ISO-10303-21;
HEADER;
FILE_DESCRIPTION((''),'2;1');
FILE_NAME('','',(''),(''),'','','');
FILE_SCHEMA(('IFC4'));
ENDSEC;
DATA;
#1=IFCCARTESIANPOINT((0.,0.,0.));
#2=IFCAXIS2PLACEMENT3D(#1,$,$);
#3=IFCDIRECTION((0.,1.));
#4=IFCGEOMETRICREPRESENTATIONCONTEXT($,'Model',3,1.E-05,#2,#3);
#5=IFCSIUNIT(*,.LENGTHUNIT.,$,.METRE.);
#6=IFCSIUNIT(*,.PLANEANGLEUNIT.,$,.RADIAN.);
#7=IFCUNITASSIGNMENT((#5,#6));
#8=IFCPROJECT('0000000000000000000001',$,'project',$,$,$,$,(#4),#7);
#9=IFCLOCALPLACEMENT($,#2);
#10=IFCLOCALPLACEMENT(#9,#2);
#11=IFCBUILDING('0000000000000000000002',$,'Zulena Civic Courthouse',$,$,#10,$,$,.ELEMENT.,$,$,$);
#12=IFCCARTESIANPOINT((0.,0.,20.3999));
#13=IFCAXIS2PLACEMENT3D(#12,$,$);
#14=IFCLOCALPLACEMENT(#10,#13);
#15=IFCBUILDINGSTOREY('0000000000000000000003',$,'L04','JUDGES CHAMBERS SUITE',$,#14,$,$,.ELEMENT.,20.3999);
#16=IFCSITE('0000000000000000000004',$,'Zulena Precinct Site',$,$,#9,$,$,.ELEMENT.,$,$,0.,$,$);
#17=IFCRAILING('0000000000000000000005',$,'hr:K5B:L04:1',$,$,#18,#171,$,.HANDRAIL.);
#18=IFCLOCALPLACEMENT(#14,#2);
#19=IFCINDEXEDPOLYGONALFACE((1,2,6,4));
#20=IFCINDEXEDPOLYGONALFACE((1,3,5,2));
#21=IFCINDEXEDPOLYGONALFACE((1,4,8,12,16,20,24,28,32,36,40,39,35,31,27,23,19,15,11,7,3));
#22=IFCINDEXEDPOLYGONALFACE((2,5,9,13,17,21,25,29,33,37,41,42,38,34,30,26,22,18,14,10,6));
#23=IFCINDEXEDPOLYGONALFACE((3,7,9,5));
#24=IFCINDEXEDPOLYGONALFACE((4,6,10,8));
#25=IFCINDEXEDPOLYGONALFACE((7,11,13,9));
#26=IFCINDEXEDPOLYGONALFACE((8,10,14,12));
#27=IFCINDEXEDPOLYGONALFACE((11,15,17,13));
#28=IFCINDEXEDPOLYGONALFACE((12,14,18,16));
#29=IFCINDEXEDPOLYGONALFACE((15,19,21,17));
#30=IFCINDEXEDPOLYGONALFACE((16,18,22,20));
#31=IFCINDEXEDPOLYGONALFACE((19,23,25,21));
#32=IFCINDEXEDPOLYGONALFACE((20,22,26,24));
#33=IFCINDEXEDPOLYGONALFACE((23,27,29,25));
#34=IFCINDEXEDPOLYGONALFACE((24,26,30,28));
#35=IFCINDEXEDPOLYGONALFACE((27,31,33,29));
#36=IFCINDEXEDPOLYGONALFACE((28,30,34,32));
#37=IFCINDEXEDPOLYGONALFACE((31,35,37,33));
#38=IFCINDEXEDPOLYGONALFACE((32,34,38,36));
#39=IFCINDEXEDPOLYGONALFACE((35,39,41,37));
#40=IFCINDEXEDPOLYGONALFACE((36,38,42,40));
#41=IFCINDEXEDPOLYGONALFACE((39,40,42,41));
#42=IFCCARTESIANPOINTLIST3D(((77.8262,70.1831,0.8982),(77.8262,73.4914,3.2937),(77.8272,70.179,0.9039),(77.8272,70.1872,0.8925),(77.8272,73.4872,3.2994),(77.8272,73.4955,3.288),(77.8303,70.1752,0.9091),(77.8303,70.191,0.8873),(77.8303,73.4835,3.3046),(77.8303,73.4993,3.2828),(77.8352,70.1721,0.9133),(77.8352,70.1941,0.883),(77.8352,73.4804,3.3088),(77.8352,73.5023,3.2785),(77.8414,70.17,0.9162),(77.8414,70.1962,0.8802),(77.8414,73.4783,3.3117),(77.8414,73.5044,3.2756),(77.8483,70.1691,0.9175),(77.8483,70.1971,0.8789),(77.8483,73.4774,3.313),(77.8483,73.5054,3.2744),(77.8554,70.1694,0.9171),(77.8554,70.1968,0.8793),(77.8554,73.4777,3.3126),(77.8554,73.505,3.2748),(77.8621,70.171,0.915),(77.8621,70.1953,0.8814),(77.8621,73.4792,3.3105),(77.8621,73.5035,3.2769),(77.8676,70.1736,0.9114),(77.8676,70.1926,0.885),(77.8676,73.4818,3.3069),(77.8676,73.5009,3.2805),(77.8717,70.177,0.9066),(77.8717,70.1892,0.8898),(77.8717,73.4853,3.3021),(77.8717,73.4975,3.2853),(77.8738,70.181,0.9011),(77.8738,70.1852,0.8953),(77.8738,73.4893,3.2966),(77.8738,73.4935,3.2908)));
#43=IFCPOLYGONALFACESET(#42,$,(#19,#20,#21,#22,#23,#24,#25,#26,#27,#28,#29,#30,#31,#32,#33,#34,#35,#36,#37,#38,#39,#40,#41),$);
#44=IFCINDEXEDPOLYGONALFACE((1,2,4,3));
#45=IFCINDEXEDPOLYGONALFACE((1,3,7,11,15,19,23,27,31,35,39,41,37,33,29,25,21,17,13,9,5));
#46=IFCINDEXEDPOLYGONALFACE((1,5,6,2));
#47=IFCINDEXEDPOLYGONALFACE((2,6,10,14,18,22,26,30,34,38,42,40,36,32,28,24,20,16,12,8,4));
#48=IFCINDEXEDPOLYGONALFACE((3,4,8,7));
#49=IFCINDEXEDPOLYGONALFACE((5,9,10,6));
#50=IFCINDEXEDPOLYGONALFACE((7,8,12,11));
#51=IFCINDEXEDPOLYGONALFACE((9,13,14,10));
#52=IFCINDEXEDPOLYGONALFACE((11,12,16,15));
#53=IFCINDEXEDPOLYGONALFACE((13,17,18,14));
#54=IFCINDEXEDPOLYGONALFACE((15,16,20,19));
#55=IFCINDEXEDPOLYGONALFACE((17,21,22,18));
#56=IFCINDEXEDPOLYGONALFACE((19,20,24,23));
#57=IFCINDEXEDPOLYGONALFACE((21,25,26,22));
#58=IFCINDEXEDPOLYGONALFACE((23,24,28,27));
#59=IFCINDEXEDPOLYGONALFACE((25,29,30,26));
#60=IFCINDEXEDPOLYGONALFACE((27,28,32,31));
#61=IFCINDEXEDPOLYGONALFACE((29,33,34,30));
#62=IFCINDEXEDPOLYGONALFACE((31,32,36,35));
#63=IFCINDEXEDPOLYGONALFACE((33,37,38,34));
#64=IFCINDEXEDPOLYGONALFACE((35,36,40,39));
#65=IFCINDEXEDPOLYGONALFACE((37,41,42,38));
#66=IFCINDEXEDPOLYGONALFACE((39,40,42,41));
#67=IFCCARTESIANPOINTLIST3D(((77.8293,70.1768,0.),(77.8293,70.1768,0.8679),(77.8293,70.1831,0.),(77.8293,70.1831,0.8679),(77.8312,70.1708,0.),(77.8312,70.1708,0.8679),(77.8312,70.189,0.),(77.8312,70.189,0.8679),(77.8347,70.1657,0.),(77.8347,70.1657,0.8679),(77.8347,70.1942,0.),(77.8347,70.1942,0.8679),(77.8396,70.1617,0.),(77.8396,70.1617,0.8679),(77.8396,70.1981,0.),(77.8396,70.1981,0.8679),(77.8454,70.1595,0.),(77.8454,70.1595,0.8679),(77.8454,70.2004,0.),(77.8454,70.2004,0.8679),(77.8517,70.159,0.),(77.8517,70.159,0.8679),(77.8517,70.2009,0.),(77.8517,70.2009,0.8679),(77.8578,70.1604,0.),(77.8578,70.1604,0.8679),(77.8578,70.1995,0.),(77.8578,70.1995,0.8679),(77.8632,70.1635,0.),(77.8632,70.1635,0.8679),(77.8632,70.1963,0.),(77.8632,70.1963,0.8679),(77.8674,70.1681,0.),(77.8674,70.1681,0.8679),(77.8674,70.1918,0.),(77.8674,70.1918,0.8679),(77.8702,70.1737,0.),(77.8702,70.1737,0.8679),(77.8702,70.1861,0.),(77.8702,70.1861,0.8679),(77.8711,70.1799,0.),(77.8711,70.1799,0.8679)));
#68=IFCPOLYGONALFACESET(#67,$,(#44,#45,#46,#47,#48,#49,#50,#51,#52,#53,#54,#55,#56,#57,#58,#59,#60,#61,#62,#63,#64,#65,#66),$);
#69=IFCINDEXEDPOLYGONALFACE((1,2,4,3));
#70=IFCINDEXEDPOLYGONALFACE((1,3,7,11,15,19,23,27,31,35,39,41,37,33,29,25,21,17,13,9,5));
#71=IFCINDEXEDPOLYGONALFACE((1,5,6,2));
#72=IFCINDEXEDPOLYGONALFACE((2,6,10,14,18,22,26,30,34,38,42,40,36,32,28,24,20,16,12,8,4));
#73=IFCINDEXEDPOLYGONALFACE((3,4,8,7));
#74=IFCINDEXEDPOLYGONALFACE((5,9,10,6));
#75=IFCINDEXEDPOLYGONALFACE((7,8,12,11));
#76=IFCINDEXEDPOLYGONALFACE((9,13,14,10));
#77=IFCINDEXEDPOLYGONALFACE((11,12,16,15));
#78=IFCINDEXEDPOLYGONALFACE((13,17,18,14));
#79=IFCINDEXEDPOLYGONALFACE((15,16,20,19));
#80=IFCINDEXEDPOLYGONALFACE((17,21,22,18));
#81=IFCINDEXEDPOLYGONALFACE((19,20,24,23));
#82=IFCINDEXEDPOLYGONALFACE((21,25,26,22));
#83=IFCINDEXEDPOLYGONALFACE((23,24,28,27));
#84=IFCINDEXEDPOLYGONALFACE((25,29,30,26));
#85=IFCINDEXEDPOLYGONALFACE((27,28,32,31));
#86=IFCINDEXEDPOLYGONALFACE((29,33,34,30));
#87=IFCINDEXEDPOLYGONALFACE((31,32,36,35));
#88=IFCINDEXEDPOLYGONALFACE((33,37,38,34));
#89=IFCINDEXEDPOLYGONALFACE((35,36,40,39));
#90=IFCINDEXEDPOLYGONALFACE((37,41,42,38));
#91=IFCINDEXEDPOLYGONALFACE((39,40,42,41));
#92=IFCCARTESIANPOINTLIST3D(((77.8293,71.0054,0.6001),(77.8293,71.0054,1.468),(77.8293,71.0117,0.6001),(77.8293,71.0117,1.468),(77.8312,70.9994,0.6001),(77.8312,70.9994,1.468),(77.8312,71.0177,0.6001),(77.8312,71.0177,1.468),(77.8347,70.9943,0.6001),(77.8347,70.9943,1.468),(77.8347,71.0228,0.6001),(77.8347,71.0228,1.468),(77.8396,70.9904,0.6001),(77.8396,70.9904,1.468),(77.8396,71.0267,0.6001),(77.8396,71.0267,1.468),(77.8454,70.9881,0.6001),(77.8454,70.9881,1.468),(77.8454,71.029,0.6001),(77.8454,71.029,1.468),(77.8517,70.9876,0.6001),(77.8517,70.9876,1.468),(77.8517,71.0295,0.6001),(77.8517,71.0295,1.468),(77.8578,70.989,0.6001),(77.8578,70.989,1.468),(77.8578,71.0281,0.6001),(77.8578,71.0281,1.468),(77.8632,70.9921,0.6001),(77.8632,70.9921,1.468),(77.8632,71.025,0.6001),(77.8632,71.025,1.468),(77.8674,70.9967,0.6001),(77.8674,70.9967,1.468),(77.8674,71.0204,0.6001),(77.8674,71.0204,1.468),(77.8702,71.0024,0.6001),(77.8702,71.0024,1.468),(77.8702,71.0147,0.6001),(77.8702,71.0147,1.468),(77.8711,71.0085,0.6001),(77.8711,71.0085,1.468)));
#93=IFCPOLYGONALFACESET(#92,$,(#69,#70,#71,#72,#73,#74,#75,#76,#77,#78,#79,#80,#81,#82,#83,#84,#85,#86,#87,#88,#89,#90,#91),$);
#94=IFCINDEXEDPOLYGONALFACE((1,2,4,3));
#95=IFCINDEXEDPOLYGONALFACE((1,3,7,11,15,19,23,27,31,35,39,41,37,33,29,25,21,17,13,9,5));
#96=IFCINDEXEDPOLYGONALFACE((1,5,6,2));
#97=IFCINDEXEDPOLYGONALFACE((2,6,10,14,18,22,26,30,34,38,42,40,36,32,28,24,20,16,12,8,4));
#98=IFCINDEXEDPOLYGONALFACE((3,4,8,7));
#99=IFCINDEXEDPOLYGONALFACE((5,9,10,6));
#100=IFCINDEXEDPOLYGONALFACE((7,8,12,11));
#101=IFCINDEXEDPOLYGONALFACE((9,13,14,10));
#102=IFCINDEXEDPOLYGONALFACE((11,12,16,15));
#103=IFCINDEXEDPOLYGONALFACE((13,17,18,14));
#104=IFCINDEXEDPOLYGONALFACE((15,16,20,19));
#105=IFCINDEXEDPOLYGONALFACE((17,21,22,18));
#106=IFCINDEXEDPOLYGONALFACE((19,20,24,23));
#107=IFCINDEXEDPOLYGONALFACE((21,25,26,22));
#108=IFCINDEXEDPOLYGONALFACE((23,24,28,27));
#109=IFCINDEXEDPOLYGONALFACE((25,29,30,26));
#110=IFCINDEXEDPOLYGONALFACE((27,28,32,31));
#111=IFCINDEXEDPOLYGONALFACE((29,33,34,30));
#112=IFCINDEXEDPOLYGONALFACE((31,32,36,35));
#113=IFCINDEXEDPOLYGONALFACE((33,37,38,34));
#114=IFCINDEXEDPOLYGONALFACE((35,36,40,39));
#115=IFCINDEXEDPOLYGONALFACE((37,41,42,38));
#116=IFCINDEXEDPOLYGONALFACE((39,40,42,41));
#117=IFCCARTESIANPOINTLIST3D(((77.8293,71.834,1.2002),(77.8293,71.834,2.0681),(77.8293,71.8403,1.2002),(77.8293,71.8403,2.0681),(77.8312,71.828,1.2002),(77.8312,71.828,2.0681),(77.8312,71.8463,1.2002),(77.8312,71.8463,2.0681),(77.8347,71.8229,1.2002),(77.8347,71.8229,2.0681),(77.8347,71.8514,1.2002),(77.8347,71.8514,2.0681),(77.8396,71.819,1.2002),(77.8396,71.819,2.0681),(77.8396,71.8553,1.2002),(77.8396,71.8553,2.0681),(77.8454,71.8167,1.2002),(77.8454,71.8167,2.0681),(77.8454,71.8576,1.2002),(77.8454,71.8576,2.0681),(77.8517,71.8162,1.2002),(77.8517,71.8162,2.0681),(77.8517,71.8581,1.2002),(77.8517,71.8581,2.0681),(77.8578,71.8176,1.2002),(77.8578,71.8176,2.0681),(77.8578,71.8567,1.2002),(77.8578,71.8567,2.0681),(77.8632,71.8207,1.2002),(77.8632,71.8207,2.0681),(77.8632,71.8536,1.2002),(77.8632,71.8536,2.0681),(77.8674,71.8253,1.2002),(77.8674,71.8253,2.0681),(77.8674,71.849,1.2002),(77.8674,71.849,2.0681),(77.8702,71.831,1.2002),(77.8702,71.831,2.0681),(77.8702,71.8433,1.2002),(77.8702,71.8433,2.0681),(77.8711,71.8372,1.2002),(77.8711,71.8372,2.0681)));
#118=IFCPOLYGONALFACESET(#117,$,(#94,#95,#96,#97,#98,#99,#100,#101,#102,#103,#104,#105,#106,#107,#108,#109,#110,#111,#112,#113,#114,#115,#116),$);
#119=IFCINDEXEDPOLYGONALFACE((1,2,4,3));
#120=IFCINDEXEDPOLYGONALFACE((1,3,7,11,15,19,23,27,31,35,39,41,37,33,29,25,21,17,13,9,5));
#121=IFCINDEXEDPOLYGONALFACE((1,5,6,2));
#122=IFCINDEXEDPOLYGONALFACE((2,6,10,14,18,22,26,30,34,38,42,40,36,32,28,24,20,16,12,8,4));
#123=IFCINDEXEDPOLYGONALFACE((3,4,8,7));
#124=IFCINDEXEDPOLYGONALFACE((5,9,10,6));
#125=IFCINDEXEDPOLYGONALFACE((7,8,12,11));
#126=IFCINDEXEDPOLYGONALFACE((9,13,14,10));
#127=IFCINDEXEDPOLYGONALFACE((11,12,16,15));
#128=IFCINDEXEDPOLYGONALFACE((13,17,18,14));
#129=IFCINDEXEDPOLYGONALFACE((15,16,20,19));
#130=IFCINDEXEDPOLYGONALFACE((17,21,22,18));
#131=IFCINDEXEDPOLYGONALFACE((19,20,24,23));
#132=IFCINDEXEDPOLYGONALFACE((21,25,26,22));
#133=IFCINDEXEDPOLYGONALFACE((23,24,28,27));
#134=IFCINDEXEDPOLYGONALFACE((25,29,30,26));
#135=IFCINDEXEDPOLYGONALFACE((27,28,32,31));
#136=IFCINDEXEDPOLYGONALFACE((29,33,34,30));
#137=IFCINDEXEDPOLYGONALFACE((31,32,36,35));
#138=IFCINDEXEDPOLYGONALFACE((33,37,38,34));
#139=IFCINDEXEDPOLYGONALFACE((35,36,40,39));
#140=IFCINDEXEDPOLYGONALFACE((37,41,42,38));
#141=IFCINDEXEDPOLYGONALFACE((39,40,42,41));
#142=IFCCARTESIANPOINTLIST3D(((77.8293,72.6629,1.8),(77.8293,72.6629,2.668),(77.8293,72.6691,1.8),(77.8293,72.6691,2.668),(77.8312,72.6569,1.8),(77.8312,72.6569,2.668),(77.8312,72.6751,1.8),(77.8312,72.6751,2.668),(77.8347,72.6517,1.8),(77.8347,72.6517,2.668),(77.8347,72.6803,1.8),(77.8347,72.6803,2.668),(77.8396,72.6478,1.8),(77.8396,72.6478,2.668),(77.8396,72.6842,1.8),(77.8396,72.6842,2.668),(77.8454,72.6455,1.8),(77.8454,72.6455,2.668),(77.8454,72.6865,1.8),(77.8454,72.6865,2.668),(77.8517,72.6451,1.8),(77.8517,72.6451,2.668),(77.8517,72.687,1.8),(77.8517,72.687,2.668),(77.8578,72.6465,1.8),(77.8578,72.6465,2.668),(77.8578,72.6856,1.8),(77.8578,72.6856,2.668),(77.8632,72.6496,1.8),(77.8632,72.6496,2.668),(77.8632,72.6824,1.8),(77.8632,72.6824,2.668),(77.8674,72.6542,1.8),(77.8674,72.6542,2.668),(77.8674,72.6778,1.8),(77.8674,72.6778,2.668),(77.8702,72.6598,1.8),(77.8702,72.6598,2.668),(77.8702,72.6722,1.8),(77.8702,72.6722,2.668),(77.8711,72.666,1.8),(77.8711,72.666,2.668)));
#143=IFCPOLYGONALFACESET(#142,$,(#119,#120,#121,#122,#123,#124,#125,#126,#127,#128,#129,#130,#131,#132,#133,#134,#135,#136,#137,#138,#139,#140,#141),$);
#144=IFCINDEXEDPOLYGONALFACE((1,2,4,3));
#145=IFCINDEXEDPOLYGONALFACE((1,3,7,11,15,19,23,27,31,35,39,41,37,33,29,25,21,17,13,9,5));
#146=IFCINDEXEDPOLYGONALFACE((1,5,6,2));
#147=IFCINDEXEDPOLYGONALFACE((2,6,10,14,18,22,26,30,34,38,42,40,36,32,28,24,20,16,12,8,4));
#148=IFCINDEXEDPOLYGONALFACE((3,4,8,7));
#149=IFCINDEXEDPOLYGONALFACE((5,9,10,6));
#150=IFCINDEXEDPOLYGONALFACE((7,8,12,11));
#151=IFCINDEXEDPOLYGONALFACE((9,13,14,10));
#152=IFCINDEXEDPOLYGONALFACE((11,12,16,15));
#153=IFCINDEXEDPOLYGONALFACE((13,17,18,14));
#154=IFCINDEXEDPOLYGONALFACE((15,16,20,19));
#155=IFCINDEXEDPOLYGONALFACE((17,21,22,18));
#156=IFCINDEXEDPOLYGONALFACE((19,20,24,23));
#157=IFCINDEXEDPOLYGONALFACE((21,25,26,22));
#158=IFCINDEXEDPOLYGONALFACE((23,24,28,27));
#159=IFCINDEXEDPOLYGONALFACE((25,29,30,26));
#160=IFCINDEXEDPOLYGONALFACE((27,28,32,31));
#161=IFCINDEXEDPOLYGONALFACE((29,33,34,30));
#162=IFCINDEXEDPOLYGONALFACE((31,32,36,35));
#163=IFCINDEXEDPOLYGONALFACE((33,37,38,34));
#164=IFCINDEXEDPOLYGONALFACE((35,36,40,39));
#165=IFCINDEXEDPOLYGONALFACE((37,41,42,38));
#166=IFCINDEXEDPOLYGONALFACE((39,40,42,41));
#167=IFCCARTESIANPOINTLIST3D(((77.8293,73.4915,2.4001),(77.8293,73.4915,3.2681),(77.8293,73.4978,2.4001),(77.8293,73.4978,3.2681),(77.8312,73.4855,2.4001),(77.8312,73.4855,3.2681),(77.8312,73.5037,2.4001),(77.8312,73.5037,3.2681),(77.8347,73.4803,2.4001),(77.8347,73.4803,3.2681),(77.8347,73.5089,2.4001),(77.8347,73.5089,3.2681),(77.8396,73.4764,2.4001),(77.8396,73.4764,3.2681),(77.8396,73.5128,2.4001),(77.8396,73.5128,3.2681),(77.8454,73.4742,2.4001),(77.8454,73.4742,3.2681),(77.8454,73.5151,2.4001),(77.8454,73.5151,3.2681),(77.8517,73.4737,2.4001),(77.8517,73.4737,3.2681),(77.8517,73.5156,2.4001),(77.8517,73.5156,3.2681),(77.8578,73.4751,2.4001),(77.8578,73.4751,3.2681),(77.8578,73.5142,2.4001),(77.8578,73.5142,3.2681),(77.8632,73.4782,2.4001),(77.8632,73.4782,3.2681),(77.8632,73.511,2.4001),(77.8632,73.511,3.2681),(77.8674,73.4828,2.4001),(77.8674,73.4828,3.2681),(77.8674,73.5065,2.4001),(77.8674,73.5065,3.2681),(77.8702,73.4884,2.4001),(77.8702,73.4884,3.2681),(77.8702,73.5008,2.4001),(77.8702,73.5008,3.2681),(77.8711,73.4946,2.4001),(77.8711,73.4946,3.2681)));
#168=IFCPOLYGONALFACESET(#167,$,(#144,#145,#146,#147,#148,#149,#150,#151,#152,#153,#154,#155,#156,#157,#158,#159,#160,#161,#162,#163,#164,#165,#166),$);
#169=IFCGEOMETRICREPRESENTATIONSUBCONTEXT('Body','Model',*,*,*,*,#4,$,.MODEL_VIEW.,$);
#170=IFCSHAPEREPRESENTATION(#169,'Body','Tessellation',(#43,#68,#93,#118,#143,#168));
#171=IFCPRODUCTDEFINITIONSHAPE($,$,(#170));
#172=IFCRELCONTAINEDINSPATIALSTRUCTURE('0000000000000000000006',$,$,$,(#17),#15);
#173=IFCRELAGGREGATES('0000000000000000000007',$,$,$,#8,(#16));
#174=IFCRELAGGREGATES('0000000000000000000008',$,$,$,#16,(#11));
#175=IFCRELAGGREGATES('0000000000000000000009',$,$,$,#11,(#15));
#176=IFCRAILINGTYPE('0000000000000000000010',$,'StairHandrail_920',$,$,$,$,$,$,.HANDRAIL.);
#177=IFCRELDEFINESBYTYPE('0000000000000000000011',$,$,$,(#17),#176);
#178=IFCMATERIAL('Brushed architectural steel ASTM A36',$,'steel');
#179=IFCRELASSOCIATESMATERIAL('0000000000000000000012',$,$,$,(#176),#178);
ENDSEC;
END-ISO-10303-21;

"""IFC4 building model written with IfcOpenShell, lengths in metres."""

from ifc_helpers import new_model, si_unit, direction, frame, origin, origin_2d, place, context, subcontext, project, spatial, circle, extrude, material, type_object, element, save


model = new_model("IFC4")

# Units and contexts
model_context = context("Model", 3, precision=1e-05, world=origin(), true_north=direction((0.0, 1.0)))
body_context = subcontext(model_context, "Body", "Model", "MODEL_VIEW")
ifc_project = project(units=[si_unit("LENGTHUNIT", "METRE"), si_unit("PLANEANGLEUNIT", "RADIAN")], contexts=[model_context])

# Site, building, storey
site_placement = place(None, origin())
site = spatial("IfcSite", under=ifc_project, at=site_placement, Name="Zulena Precinct Site", CompositionType="ELEMENT", RefElevation=0.0)
building_placement = place(site_placement, origin())
building = spatial("IfcBuilding", under=site, at=building_placement, Name="Zulena Civic Courthouse", CompositionType="ELEMENT")
storey_placement = place(building_placement, frame((0.0, 0.0, 20.3999)))
storey = spatial("IfcBuildingStorey", under=building, at=storey_placement, Name="L04", Description="JUDGES CHAMBERS SUITE", CompositionType="ELEMENT", Elevation=20.3999)

# Shared definitions
ifc_material_1 = material(Name="Brushed architectural steel ASTM A36", Category="steel")

# Railing
railing_type_1 = type_object("IfcRailingType", Name="StairHandrail_920", PredefinedType="HANDRAIL", material=ifc_material_1)
railing_1_placement = place(storey_placement, frame((77.8501, 70.1799, 0.0)))
element("IfcRailing", 1, at=railing_1_placement, inside=storey, type_object=railing_type_1, Name="hr:K5B:L04:1", PredefinedType="HANDRAIL", context=body_context, shape_type="SweptSolid", body=[
    extrude(circle(Radius=0.0239, at=origin_2d()), frame((0.0, 0.0032, 0.8982), z_axis=(0.0, 0.80996, 0.586486), x_axis=(-1.0, 0.0, 0.0)), (0.0, 0.0, 1.0), 4.0845),
    extrude(circle(Radius=0.021, at=origin_2d()), origin(), (0.0, 0.0, 1.0), 0.8679),
    extrude(circle(Radius=0.021, at=origin_2d()), frame((0.0, 0.8286, 0.6001)), (0.0, 0.0, 1.0), 0.8679),
    extrude(circle(Radius=0.021, at=origin_2d()), frame((0.0, 1.6572, 1.2002)), (0.0, 0.0, 1.0), 0.8679),
    extrude(circle(Radius=0.021, at=origin_2d()), frame((0.0, 2.4861, 1.8)), (0.0, 0.0, 1.0), 0.8679),
    extrude(circle(Radius=0.021, at=origin_2d()), frame((0.0, 3.3147, 2.4001)), (0.0, 0.0, 1.0), 0.8679),
])

save(model, "model.ifc")
